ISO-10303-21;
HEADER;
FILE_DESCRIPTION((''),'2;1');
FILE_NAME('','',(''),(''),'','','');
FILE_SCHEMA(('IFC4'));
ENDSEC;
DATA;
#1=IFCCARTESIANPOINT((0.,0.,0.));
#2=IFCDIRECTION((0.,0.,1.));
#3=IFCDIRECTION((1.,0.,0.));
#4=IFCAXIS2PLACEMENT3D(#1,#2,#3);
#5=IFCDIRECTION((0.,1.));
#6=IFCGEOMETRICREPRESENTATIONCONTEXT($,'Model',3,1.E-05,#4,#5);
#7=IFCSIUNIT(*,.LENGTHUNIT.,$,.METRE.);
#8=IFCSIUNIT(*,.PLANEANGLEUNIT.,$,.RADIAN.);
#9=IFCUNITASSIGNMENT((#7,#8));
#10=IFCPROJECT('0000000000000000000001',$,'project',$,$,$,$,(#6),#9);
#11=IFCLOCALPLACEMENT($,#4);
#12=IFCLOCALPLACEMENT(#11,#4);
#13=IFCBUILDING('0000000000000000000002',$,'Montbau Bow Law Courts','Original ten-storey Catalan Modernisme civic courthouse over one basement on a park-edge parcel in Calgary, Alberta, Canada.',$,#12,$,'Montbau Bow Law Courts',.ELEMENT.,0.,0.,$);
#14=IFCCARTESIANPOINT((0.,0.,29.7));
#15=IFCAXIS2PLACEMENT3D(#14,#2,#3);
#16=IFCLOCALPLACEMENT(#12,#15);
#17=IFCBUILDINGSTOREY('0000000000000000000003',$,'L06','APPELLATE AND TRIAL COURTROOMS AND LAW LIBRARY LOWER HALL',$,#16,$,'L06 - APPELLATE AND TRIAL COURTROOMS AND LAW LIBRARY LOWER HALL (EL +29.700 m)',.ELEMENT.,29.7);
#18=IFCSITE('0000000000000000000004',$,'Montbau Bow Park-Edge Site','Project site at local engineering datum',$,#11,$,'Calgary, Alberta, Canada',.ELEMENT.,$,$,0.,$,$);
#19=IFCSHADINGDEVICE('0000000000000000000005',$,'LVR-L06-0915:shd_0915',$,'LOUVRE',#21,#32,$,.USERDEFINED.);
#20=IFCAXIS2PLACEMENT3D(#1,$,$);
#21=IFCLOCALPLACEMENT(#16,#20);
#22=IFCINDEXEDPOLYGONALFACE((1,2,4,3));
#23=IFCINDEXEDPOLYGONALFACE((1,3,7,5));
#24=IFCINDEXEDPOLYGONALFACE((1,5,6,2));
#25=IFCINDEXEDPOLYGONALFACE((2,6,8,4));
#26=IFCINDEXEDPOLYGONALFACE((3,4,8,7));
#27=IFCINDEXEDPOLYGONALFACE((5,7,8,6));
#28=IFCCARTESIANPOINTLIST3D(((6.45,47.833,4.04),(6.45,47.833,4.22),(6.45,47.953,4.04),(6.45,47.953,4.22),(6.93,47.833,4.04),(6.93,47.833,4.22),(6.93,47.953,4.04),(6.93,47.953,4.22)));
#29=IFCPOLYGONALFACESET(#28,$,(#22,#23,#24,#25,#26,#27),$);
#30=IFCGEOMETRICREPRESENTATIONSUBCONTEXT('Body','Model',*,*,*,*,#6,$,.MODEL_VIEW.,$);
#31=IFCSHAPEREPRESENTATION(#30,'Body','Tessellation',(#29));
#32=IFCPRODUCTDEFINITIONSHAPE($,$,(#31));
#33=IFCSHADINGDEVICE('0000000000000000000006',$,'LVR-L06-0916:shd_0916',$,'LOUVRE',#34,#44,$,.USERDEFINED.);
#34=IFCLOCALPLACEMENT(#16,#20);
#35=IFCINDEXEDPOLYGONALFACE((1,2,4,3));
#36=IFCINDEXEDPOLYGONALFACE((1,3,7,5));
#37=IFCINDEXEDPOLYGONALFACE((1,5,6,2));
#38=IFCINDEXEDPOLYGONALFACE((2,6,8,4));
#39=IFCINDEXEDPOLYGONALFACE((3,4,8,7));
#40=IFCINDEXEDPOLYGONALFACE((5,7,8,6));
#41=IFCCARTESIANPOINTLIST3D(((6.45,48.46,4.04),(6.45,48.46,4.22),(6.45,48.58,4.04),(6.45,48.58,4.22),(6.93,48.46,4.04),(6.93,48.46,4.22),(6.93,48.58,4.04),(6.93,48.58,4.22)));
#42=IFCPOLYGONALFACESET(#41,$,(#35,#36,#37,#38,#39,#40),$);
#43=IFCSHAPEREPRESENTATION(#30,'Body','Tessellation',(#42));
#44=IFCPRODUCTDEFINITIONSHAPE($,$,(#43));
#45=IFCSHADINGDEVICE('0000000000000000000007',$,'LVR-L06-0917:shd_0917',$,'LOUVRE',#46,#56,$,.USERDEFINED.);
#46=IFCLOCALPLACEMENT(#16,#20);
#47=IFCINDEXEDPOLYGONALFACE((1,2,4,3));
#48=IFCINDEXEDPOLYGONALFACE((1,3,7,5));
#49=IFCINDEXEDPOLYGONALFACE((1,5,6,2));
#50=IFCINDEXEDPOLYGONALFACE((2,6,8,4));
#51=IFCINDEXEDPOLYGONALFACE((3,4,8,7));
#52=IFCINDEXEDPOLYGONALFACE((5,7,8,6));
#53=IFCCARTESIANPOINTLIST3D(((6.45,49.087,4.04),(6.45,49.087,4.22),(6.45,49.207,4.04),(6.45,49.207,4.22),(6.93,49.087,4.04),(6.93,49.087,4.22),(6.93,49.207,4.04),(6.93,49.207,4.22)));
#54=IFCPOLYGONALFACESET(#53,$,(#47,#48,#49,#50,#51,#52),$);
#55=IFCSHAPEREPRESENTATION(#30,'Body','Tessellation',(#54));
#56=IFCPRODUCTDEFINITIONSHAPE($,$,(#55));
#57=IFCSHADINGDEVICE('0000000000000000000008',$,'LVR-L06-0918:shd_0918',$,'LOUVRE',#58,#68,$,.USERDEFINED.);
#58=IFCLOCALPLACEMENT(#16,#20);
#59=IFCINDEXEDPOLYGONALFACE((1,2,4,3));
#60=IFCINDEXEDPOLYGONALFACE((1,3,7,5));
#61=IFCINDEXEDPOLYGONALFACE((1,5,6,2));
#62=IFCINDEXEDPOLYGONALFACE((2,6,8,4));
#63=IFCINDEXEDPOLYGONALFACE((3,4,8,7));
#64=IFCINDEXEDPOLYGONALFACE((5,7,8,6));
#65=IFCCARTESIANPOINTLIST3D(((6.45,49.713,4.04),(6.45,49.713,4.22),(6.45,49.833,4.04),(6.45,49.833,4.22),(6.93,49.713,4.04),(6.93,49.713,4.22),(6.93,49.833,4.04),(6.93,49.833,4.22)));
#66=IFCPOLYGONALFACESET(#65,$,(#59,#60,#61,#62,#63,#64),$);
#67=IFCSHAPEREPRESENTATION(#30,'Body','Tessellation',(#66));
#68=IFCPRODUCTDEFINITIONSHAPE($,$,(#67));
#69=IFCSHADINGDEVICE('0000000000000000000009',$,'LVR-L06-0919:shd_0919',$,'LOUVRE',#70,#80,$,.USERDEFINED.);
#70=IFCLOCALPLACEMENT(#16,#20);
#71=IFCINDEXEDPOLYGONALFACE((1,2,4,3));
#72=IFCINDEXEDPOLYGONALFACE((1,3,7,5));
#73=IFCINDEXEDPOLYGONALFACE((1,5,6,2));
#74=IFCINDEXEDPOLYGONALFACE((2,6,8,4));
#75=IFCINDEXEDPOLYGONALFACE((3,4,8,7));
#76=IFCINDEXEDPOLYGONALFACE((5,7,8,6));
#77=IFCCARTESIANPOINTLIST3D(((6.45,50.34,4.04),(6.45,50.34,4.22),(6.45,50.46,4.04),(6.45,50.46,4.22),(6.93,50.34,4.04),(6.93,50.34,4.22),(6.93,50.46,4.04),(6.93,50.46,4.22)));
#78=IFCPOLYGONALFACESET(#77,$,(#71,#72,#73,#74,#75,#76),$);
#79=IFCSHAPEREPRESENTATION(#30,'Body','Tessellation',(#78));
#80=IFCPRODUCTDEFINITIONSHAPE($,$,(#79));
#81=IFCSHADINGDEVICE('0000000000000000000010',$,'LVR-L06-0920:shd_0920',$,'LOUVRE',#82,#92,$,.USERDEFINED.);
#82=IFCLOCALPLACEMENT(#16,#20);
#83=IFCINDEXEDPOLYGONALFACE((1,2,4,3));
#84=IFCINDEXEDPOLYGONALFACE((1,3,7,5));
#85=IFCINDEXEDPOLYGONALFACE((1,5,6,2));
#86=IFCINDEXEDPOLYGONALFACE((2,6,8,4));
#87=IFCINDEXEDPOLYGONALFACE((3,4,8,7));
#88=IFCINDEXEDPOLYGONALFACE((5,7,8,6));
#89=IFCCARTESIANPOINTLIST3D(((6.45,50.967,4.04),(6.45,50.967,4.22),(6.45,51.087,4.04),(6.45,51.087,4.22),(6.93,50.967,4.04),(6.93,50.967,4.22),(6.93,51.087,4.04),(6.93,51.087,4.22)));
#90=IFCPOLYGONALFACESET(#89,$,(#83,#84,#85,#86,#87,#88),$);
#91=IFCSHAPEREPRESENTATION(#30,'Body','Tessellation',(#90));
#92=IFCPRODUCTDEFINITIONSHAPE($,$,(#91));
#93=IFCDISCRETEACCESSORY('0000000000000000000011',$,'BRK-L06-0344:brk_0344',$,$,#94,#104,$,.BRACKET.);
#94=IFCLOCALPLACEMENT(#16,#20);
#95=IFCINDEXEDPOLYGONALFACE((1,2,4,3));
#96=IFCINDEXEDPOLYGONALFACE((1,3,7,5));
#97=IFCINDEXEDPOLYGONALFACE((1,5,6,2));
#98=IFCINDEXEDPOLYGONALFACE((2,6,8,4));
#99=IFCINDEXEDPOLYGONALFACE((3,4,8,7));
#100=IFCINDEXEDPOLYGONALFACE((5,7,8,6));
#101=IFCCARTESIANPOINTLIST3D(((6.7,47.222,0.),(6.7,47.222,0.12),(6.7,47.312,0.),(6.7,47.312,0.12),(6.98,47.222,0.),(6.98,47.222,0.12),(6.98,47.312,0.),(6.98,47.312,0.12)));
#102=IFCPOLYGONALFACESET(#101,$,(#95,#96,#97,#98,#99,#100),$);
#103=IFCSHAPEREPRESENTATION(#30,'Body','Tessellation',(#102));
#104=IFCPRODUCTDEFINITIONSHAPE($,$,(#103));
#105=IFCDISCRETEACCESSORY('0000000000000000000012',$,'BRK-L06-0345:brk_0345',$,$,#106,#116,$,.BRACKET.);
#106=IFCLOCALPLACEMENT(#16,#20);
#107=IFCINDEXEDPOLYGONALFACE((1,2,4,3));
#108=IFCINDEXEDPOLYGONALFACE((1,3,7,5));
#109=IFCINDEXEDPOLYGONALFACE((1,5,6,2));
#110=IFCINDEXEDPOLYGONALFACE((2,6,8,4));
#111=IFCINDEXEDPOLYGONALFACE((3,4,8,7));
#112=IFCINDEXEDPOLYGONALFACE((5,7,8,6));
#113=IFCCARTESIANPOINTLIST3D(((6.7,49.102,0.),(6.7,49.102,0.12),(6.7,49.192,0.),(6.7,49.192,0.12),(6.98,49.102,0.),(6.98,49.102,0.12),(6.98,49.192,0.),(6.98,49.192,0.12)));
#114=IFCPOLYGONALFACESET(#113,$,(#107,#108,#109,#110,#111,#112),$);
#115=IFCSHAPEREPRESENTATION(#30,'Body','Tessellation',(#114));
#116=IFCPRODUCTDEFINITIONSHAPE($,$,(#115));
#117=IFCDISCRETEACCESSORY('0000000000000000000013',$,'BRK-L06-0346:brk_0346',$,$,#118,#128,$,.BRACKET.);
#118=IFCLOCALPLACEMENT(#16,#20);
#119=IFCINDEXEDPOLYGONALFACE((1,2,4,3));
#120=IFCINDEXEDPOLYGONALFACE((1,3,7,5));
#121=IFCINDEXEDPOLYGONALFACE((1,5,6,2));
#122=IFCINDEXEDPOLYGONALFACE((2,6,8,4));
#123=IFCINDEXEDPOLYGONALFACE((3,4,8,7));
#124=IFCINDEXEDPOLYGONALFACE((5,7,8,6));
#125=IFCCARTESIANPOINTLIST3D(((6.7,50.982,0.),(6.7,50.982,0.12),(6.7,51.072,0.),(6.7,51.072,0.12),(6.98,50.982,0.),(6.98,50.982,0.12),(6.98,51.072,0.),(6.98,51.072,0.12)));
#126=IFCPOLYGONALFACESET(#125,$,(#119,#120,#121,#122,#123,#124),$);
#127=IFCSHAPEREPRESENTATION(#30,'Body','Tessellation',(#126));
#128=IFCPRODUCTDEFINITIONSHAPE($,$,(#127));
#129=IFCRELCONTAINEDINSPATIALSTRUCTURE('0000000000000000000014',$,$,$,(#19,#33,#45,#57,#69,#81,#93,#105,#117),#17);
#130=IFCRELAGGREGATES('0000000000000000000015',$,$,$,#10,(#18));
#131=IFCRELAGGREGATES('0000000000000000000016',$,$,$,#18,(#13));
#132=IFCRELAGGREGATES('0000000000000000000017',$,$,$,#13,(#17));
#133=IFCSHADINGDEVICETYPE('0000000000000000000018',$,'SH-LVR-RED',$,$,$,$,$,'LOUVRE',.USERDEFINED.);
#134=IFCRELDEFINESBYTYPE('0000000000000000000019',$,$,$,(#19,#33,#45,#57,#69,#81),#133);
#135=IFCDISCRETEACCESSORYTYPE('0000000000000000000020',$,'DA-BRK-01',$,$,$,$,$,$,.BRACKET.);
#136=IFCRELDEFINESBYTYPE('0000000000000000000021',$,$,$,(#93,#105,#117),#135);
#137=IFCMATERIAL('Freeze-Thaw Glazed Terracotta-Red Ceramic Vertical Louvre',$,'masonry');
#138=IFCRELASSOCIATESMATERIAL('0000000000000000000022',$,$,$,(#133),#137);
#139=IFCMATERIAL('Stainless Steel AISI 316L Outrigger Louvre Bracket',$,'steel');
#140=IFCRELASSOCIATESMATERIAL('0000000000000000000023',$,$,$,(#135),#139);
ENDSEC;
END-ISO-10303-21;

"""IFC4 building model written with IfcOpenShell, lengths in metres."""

from ifc_helpers import new_model, si_unit, direction, frame, origin_with_axes, origin_2d_with_axis, place, context, subcontext, project, spatial, rectangle, extrude, material, type_object, element, save


model = new_model("IFC4")

# Units and contexts
model_context = context("Model", 3, precision=1e-05, world=origin_with_axes(), true_north=direction((0.0, 1.0)))
body_context = subcontext(model_context, "Body", "Model", "MODEL_VIEW")
ifc_project = project(units=[si_unit("LENGTHUNIT", "METRE"), si_unit("PLANEANGLEUNIT", "RADIAN")], contexts=[model_context])

# Site, building, storey
site_placement = place(None, origin_with_axes())
site = spatial("IfcSite", under=ifc_project, at=site_placement, Name="Montbau Bow Park-Edge Site", Description="Project site at local engineering datum", LongName="Calgary, Alberta, Canada", CompositionType="ELEMENT", RefElevation=0.0)
building_placement = place(site_placement, origin_with_axes())
building = spatial("IfcBuilding", under=site, at=building_placement, Name="Montbau Bow Law Courts", Description="Original ten-storey Catalan Modernisme civic courthouse over one basement on a park-edge parcel in Calgary, Alberta, Canada.", LongName="Montbau Bow Law Courts", CompositionType="ELEMENT", ElevationOfRefHeight=0.0, ElevationOfTerrain=0.0)
storey_placement = place(building_placement, frame((0.0, 0.0, 29.7), z_axis=(0.0, 0.0, 1.0), x_axis=(1.0, 0.0, 0.0)))
storey = spatial("IfcBuildingStorey", under=building, at=storey_placement, Name="L06", Description="APPELLATE AND TRIAL COURTROOMS AND LAW LIBRARY LOWER HALL", LongName="L06 - APPELLATE AND TRIAL COURTROOMS AND LAW LIBRARY LOWER HALL (EL +29.700 m)", CompositionType="ELEMENT", Elevation=29.7)

# Shared definitions
ifc_material_1 = material(Name="Freeze-Thaw Glazed Terracotta-Red Ceramic Vertical Louvre", Category="masonry")

# Shading devices
shading_device_type = type_object("IfcShadingDeviceType", Name="SH-LVR-RED", ElementType="LOUVRE", PredefinedType="USERDEFINED", material=ifc_material_1)
for number, where, z_axis, x_axis, name in (
    (1, (6.69, 47.893, 33.74), (0.0, 0.0, 1.0), (-1.0, 0.0, 0.0), "LVR-L06-0915:shd_0915"),
    (2, (6.69, 48.52, 33.74), (0.0, 0.0, 1.0), (-1.0, 0.0, 0.0), "LVR-L06-0916:shd_0916"),
    (3, (6.69, 49.147, 33.74), (0.0, 0.0, 1.0), (-1.0, 0.0, 0.0), "LVR-L06-0917:shd_0917"),
    (4, (6.69, 49.773, 33.74), (0.0, 0.0, 1.0), (-1.0, 0.0, 0.0), "LVR-L06-0918:shd_0918"),
    (5, (6.69, 50.4, 33.74), (0.0, 0.0, 1.0), (-1.0, 0.0, 0.0), "LVR-L06-0919:shd_0919"),
    (6, (6.69, 51.027, 33.74), (0.0, 0.0, 1.0), (-1.0, 0.0, 0.0), "LVR-L06-0920:shd_0920"),
):
    element("IfcShadingDevice", number, at=place(None, frame(where, z_axis=z_axis, x_axis=x_axis)), inside=storey, type_object=shading_device_type, Name=name, ObjectType="LOUVRE", PredefinedType="USERDEFINED", context=body_context, shape_type="SweptSolid", body=[
        extrude(rectangle(XDim=0.48, YDim=0.12, at=origin_2d_with_axis()), origin_with_axes(), (0.0, 0.0, 1.0), 0.18),
    ])

# Discrete accessories
ifc_material_2 = material(Name="Stainless Steel AISI 316L Outrigger Louvre Bracket", Category="steel")
discrete_accessory_type = type_object("IfcDiscreteAccessoryType", Name="DA-BRK-01", PredefinedType="BRACKET", material=ifc_material_2)
for number, where, z_axis, x_axis, name in (
    (7, (6.84, 47.267, 29.7), (0.0, 0.0, 1.0), (-1.0, 0.0, 0.0), "BRK-L06-0344:brk_0344"),
    (8, (6.84, 49.147, 29.7), (0.0, 0.0, 1.0), (-1.0, 0.0, 0.0), "BRK-L06-0345:brk_0345"),
    (9, (6.84, 51.027, 29.7), (0.0, 0.0, 1.0), (-1.0, 0.0, 0.0), "BRK-L06-0346:brk_0346"),
):
    element("IfcDiscreteAccessory", number, at=place(None, frame(where, z_axis=z_axis, x_axis=x_axis)), inside=storey, type_object=discrete_accessory_type, Name=name, PredefinedType="BRACKET", context=body_context, shape_type="SweptSolid", body=[
        extrude(rectangle(XDim=0.28, YDim=0.09, at=origin_2d_with_axis()), origin_with_axes(), (0.0, 0.0, 1.0), 0.12),
    ])

save(model, "model.ifc")
